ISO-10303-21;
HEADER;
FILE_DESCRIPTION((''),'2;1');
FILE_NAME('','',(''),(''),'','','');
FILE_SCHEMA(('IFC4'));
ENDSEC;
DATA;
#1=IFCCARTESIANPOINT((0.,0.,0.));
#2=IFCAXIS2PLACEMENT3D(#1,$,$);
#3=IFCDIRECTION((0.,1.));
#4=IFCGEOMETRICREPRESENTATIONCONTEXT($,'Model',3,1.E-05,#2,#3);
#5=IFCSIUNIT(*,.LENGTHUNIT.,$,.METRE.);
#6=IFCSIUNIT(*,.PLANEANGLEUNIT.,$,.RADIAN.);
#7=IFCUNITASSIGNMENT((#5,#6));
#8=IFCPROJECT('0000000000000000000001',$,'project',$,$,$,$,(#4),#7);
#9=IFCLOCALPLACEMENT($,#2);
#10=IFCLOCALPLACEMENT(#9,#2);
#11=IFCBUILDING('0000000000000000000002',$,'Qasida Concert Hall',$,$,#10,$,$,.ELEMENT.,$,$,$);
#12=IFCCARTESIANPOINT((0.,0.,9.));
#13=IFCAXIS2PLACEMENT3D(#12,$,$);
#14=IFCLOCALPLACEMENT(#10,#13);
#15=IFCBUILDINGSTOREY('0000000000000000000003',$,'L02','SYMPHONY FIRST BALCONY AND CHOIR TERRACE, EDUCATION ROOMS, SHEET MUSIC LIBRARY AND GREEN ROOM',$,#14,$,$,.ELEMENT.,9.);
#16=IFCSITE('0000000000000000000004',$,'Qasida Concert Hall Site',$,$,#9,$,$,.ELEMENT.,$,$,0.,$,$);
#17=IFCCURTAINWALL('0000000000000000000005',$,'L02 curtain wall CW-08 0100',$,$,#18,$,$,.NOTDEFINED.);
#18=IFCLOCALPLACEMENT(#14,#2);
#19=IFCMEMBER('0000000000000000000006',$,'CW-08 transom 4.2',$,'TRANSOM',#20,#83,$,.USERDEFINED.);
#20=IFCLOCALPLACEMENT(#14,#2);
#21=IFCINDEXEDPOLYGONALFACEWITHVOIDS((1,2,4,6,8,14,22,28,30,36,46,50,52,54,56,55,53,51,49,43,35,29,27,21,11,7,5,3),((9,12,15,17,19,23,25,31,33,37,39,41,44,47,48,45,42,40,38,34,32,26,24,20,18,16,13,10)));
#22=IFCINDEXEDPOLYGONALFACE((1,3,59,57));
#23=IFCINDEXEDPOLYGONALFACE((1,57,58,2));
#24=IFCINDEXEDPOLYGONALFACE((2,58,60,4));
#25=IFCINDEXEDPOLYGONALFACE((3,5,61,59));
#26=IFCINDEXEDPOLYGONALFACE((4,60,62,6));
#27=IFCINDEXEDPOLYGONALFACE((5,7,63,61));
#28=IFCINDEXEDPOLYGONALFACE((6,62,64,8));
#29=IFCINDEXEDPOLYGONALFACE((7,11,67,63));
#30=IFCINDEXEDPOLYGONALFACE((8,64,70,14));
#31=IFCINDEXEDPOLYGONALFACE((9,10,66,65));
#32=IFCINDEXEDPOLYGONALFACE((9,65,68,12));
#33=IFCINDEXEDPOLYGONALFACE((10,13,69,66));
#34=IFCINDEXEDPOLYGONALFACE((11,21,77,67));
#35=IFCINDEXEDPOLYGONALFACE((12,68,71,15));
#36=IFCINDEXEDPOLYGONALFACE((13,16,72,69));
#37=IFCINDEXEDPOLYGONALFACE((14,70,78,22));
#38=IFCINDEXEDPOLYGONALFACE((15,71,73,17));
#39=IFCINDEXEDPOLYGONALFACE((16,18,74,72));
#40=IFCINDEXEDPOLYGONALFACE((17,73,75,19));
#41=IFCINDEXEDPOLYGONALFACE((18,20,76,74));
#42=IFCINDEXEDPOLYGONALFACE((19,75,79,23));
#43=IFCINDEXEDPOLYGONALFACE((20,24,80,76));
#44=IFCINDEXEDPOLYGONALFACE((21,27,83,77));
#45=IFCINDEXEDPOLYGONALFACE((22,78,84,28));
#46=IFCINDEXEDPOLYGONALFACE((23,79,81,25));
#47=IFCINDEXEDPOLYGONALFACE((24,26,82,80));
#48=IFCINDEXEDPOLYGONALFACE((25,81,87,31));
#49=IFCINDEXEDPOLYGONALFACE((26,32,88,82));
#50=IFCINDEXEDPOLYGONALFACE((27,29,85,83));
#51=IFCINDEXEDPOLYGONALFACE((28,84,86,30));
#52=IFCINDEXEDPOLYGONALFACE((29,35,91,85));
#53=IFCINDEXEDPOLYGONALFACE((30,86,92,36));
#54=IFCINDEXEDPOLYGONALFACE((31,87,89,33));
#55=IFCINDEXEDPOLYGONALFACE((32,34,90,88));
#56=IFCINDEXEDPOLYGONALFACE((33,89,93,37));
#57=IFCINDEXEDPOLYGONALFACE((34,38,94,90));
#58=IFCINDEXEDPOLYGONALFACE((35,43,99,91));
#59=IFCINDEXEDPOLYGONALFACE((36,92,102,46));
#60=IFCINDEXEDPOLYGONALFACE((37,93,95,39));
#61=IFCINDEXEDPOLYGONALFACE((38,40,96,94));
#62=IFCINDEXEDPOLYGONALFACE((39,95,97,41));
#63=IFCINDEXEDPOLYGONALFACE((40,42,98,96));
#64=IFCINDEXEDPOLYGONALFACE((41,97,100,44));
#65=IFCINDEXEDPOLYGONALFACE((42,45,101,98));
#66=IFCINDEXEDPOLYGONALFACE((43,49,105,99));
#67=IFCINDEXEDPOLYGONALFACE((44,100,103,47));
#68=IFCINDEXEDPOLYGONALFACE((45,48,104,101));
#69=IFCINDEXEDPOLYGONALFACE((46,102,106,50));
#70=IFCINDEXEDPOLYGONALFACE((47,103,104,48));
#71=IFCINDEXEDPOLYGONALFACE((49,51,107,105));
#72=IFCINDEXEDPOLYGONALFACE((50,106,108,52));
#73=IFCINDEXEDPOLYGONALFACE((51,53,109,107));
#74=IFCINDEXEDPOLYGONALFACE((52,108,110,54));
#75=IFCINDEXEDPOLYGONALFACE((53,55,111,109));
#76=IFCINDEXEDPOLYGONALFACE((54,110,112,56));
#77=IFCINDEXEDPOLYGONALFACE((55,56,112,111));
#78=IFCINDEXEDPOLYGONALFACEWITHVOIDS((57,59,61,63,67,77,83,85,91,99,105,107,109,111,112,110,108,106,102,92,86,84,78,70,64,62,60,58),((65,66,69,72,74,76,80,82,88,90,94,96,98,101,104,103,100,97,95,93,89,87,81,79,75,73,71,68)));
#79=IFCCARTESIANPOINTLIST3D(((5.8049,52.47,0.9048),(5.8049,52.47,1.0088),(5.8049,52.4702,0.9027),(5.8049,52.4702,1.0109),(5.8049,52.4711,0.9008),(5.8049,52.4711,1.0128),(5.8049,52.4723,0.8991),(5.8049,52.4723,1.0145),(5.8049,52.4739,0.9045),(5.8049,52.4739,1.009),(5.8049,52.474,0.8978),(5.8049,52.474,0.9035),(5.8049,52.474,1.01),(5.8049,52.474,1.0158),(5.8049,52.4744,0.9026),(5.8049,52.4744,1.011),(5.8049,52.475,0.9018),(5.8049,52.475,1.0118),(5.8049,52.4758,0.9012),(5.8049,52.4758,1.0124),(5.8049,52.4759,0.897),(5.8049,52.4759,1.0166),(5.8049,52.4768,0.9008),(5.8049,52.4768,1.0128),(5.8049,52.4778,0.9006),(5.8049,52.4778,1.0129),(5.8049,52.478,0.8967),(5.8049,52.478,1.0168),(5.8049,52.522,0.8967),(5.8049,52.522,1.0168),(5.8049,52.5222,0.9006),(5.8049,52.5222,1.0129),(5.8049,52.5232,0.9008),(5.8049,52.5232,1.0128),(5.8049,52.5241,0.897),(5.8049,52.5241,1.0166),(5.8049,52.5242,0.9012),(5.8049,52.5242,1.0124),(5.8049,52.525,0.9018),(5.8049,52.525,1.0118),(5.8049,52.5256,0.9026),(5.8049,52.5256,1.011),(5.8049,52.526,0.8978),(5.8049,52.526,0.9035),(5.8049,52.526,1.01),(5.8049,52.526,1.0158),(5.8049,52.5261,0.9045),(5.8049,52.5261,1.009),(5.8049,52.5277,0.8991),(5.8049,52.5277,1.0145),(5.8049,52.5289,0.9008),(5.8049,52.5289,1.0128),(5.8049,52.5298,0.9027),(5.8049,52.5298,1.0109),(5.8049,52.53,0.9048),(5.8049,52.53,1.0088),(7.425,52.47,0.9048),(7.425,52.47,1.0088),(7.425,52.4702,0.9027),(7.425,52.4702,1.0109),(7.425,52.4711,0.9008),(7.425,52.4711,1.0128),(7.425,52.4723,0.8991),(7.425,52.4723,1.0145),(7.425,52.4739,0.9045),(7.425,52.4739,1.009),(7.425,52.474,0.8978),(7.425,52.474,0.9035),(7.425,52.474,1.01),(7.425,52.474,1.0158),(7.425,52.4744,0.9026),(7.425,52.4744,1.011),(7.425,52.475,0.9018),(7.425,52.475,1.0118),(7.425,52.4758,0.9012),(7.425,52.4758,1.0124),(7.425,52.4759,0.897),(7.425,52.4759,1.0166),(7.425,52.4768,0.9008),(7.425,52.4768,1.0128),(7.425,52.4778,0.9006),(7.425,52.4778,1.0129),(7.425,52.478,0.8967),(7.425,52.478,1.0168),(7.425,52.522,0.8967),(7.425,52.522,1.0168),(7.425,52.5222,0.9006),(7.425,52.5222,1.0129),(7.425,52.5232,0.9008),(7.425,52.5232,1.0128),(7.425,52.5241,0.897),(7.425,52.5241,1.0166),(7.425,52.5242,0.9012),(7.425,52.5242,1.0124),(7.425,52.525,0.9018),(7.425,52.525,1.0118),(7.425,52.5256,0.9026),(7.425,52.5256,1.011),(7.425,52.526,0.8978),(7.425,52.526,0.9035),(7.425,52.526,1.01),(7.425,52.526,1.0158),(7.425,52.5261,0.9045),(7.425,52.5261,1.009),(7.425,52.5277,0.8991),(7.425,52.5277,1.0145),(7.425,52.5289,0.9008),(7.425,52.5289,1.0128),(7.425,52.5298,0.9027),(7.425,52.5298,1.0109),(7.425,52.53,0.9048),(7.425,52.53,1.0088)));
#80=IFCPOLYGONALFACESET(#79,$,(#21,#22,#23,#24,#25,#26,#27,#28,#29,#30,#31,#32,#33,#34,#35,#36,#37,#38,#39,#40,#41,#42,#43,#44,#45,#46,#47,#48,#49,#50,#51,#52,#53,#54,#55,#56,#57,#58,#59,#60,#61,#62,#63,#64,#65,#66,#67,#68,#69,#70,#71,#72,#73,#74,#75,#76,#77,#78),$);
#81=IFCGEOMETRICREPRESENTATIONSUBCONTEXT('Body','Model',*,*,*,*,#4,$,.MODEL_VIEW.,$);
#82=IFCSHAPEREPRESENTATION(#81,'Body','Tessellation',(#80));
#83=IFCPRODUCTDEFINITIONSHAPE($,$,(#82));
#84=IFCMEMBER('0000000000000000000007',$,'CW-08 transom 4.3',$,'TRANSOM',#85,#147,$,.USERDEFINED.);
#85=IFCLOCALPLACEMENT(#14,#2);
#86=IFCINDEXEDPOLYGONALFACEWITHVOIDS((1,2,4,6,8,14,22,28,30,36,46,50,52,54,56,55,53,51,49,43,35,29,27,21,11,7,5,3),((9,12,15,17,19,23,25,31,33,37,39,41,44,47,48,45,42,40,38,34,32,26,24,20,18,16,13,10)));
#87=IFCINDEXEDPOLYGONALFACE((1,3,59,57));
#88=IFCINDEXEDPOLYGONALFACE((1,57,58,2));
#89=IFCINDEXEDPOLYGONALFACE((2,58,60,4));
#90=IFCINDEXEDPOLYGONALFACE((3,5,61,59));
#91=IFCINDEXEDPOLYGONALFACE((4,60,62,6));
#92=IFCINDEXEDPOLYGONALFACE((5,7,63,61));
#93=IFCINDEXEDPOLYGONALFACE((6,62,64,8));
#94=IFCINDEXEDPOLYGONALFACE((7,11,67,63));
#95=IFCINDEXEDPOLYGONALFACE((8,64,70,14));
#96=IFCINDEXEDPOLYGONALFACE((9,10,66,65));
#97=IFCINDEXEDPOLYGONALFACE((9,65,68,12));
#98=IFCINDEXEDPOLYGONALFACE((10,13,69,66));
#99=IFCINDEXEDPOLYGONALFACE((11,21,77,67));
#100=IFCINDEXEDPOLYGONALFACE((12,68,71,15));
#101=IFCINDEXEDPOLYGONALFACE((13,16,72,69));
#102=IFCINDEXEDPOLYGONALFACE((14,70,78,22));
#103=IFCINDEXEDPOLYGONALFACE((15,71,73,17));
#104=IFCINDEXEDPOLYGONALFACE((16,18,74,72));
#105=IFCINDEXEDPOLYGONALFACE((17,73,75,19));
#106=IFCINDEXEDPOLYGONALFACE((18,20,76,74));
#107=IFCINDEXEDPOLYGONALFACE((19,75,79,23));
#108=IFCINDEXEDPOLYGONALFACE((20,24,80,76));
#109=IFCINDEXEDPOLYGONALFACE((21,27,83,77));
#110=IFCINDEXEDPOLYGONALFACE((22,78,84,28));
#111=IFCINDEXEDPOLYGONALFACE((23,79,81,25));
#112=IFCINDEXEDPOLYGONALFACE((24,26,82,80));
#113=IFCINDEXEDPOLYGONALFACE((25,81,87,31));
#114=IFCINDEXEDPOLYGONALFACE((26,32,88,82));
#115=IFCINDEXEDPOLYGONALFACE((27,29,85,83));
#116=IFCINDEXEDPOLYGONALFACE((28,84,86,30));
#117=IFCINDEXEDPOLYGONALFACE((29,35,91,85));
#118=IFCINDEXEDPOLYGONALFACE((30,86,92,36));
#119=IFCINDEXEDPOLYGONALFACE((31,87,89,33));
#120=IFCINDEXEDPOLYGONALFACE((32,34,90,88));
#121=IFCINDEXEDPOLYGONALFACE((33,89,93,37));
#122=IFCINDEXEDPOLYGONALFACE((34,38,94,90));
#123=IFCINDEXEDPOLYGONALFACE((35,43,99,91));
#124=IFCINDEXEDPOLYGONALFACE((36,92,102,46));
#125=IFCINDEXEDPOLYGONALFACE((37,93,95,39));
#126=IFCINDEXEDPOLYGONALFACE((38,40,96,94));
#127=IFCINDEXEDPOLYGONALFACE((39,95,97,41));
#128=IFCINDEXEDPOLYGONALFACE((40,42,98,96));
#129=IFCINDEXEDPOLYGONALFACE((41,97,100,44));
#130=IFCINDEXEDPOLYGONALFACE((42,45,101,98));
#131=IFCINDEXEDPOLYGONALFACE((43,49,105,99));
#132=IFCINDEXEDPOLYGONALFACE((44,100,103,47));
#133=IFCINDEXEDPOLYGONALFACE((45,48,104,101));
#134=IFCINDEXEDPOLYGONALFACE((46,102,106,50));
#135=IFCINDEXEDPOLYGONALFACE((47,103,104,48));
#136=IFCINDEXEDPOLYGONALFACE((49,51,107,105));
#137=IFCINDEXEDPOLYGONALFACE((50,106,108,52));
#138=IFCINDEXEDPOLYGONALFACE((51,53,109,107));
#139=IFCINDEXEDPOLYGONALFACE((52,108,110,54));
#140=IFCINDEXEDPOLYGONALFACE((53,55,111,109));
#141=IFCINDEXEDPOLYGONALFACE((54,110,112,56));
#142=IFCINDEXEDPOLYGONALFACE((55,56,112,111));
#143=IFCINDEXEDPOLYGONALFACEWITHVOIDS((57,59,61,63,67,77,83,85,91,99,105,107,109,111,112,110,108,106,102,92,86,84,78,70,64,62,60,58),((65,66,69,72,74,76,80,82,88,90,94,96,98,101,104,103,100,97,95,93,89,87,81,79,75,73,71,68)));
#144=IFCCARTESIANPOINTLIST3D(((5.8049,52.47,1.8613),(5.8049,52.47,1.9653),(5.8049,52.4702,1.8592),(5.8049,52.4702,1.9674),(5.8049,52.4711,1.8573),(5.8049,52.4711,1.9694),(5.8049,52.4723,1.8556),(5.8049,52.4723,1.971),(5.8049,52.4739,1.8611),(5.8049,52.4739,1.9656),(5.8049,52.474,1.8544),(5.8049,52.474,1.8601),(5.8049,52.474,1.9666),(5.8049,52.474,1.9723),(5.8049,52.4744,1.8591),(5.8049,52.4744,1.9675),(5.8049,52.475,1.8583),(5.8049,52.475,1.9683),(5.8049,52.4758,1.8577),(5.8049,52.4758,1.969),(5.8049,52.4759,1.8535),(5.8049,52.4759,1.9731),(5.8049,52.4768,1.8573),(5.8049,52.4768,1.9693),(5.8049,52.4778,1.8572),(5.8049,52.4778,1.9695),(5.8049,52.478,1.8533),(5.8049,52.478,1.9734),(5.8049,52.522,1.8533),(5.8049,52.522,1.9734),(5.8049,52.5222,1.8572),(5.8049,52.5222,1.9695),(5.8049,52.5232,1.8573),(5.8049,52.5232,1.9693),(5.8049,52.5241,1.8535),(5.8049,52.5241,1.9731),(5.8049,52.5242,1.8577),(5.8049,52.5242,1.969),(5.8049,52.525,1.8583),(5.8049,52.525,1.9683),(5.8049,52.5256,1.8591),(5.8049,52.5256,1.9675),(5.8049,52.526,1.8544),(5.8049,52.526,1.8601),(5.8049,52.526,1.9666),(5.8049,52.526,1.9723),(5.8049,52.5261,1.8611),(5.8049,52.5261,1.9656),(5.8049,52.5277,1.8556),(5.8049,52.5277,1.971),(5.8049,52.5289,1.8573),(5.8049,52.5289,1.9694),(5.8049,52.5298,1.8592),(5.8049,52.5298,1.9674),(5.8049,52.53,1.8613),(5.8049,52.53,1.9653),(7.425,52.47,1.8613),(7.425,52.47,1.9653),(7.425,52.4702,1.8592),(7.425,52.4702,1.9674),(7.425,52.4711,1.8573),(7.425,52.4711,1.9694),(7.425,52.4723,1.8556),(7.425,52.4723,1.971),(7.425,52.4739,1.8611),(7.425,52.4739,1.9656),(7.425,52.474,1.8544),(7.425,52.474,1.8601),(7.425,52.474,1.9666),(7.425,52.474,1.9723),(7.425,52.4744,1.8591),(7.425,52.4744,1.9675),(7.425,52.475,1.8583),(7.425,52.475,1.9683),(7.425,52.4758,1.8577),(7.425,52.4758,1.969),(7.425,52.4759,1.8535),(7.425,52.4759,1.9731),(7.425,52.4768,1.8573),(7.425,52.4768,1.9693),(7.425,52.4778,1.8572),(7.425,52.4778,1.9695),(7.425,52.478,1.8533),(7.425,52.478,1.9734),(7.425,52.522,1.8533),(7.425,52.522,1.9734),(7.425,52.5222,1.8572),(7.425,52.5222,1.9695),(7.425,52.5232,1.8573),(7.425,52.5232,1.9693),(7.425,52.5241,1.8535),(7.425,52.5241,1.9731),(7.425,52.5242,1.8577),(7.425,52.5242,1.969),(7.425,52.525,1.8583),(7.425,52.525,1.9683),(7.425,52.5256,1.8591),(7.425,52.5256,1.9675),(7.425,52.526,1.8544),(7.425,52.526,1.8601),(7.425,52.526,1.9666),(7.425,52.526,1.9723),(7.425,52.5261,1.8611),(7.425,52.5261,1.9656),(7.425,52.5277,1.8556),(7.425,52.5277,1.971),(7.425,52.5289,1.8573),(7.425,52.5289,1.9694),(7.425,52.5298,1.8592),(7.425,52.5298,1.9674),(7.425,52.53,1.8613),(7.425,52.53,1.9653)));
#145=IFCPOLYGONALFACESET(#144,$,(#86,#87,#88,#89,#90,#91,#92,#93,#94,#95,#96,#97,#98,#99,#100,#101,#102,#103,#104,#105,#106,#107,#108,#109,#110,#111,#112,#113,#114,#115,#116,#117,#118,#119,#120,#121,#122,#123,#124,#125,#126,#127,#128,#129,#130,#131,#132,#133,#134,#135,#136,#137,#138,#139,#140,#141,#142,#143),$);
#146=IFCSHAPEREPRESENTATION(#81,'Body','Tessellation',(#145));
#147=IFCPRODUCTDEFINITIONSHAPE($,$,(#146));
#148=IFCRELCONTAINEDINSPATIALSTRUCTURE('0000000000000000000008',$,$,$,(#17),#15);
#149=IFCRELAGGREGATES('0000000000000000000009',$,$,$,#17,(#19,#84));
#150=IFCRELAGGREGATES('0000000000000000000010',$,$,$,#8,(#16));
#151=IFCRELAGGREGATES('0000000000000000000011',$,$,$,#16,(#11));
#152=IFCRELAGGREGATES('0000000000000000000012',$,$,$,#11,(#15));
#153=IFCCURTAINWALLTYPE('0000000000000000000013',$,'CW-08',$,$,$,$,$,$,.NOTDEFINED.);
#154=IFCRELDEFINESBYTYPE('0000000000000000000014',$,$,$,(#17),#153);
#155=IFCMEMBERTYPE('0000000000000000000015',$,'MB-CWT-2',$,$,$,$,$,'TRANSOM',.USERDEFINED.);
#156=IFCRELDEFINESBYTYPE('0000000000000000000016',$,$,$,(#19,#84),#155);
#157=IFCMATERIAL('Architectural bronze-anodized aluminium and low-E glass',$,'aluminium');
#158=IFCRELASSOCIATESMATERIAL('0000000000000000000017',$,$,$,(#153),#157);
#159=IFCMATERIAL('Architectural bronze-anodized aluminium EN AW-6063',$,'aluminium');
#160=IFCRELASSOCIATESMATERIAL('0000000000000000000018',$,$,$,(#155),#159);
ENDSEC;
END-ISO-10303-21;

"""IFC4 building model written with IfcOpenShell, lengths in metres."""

from ifc_helpers import new_model, si_unit, direction, frame, origin, origin_2d, place, context, subcontext, project, spatial, hollow_rectangle, extrude, material, material_profile, profile_set, type_object, element, aggregate, save


model = new_model("IFC4")

# Units and contexts
model_context = context("Model", 3, precision=1e-05, world=origin(), true_north=direction((0.0, 1.0)))
body_context = subcontext(model_context, "Body", "Model", "MODEL_VIEW")
ifc_project = project(units=[si_unit("LENGTHUNIT", "METRE"), si_unit("PLANEANGLEUNIT", "RADIAN")], contexts=[model_context])

# Site, building, storey
site_placement = place(None, origin())
site = spatial("IfcSite", under=ifc_project, at=site_placement, Name="Qasida Concert Hall Site", CompositionType="ELEMENT", RefElevation=0.0)
building_placement = place(site_placement, origin())
building = spatial("IfcBuilding", under=site, at=building_placement, Name="Qasida Concert Hall", CompositionType="ELEMENT")
storey_placement = place(building_placement, frame((0.0, 0.0, 9.0)))
storey = spatial("IfcBuildingStorey", under=building, at=storey_placement, Name="L02", Description="SYMPHONY FIRST BALCONY AND CHOIR TERRACE, EDUCATION ROOMS, SHEET MUSIC LIBRARY AND GREEN ROOM", CompositionType="ELEMENT", Elevation=9.0)

# Curtain wall
ifc_material_1 = material(Name="Architectural bronze-anodized aluminium and low-E glass", Category="aluminium")
curtain_wall_type = type_object("IfcCurtainWallType", Name="CW-08", PredefinedType="NOTDEFINED", material=ifc_material_1)
curtain_wall_1_placement = place(storey_placement, origin())
curtain_wall_1 = element("IfcCurtainWall", 1, at=curtain_wall_1_placement, inside=storey, type_object=curtain_wall_type, Name="L02 curtain wall CW-08 0100", PredefinedType="NOTDEFINED")
ifc_material_2 = material(Name="Architectural bronze-anodized aluminium EN AW-6063", Category="aluminium")

# Members
ifc_material_profile_1 = material_profile(ifc_material_2, hollow_rectangle(XDim=0.0601, YDim=0.1201, WallThickness=0.0039, InnerFilletRadius=0.0039, OuterFilletRadius=0.0081, at=origin_2d()), Name="CWT 120x60x4")
ifc_profile_set_1 = profile_set([ifc_material_profile_1], Name="Architectural bronze-anodized aluminium EN AW-6063")
member_type_1 = type_object("IfcMemberType", Name="MB-CWT-2", ElementType="TRANSOM", PredefinedType="USERDEFINED", material=ifc_profile_set_1)
member_1_placement = place(storey_placement, frame((5.8049, 52.5, 0.9568), z_axis=(1.0, 0.0, 0.0), x_axis=(0.0, 1.0, 0.0)))
member_1 = element("IfcMember", 2, at=member_1_placement, type_object=member_type_1, Name="CW-08 transom 4.2", ObjectType="TRANSOM", PredefinedType="USERDEFINED", context=body_context, shape_type="SweptSolid", body=[
    extrude(hollow_rectangle(XDim=0.0601, YDim=0.1201, WallThickness=0.0039, InnerFilletRadius=0.0039, OuterFilletRadius=0.0081, at=origin_2d()), origin(), (0.0, 0.0, 1.0), 1.6201),
])
member_2_placement = place(storey_placement, frame((5.8049, 52.5, 1.9133), z_axis=(1.0, 0.0, 0.0), x_axis=(0.0, 1.0, 0.0)))
member_2 = element("IfcMember", 3, at=member_2_placement, type_object=member_type_1, Name="CW-08 transom 4.3", ObjectType="TRANSOM", PredefinedType="USERDEFINED", context=body_context, shape_type="SweptSolid", body=[
    extrude(hollow_rectangle(XDim=0.0601, YDim=0.1201, WallThickness=0.0039, InnerFilletRadius=0.0039, OuterFilletRadius=0.0081, at=origin_2d()), origin(), (0.0, 0.0, 1.0), 1.6201),
])

aggregate(curtain_wall_1, [member_1, member_2])

save(model, "model.ifc")
